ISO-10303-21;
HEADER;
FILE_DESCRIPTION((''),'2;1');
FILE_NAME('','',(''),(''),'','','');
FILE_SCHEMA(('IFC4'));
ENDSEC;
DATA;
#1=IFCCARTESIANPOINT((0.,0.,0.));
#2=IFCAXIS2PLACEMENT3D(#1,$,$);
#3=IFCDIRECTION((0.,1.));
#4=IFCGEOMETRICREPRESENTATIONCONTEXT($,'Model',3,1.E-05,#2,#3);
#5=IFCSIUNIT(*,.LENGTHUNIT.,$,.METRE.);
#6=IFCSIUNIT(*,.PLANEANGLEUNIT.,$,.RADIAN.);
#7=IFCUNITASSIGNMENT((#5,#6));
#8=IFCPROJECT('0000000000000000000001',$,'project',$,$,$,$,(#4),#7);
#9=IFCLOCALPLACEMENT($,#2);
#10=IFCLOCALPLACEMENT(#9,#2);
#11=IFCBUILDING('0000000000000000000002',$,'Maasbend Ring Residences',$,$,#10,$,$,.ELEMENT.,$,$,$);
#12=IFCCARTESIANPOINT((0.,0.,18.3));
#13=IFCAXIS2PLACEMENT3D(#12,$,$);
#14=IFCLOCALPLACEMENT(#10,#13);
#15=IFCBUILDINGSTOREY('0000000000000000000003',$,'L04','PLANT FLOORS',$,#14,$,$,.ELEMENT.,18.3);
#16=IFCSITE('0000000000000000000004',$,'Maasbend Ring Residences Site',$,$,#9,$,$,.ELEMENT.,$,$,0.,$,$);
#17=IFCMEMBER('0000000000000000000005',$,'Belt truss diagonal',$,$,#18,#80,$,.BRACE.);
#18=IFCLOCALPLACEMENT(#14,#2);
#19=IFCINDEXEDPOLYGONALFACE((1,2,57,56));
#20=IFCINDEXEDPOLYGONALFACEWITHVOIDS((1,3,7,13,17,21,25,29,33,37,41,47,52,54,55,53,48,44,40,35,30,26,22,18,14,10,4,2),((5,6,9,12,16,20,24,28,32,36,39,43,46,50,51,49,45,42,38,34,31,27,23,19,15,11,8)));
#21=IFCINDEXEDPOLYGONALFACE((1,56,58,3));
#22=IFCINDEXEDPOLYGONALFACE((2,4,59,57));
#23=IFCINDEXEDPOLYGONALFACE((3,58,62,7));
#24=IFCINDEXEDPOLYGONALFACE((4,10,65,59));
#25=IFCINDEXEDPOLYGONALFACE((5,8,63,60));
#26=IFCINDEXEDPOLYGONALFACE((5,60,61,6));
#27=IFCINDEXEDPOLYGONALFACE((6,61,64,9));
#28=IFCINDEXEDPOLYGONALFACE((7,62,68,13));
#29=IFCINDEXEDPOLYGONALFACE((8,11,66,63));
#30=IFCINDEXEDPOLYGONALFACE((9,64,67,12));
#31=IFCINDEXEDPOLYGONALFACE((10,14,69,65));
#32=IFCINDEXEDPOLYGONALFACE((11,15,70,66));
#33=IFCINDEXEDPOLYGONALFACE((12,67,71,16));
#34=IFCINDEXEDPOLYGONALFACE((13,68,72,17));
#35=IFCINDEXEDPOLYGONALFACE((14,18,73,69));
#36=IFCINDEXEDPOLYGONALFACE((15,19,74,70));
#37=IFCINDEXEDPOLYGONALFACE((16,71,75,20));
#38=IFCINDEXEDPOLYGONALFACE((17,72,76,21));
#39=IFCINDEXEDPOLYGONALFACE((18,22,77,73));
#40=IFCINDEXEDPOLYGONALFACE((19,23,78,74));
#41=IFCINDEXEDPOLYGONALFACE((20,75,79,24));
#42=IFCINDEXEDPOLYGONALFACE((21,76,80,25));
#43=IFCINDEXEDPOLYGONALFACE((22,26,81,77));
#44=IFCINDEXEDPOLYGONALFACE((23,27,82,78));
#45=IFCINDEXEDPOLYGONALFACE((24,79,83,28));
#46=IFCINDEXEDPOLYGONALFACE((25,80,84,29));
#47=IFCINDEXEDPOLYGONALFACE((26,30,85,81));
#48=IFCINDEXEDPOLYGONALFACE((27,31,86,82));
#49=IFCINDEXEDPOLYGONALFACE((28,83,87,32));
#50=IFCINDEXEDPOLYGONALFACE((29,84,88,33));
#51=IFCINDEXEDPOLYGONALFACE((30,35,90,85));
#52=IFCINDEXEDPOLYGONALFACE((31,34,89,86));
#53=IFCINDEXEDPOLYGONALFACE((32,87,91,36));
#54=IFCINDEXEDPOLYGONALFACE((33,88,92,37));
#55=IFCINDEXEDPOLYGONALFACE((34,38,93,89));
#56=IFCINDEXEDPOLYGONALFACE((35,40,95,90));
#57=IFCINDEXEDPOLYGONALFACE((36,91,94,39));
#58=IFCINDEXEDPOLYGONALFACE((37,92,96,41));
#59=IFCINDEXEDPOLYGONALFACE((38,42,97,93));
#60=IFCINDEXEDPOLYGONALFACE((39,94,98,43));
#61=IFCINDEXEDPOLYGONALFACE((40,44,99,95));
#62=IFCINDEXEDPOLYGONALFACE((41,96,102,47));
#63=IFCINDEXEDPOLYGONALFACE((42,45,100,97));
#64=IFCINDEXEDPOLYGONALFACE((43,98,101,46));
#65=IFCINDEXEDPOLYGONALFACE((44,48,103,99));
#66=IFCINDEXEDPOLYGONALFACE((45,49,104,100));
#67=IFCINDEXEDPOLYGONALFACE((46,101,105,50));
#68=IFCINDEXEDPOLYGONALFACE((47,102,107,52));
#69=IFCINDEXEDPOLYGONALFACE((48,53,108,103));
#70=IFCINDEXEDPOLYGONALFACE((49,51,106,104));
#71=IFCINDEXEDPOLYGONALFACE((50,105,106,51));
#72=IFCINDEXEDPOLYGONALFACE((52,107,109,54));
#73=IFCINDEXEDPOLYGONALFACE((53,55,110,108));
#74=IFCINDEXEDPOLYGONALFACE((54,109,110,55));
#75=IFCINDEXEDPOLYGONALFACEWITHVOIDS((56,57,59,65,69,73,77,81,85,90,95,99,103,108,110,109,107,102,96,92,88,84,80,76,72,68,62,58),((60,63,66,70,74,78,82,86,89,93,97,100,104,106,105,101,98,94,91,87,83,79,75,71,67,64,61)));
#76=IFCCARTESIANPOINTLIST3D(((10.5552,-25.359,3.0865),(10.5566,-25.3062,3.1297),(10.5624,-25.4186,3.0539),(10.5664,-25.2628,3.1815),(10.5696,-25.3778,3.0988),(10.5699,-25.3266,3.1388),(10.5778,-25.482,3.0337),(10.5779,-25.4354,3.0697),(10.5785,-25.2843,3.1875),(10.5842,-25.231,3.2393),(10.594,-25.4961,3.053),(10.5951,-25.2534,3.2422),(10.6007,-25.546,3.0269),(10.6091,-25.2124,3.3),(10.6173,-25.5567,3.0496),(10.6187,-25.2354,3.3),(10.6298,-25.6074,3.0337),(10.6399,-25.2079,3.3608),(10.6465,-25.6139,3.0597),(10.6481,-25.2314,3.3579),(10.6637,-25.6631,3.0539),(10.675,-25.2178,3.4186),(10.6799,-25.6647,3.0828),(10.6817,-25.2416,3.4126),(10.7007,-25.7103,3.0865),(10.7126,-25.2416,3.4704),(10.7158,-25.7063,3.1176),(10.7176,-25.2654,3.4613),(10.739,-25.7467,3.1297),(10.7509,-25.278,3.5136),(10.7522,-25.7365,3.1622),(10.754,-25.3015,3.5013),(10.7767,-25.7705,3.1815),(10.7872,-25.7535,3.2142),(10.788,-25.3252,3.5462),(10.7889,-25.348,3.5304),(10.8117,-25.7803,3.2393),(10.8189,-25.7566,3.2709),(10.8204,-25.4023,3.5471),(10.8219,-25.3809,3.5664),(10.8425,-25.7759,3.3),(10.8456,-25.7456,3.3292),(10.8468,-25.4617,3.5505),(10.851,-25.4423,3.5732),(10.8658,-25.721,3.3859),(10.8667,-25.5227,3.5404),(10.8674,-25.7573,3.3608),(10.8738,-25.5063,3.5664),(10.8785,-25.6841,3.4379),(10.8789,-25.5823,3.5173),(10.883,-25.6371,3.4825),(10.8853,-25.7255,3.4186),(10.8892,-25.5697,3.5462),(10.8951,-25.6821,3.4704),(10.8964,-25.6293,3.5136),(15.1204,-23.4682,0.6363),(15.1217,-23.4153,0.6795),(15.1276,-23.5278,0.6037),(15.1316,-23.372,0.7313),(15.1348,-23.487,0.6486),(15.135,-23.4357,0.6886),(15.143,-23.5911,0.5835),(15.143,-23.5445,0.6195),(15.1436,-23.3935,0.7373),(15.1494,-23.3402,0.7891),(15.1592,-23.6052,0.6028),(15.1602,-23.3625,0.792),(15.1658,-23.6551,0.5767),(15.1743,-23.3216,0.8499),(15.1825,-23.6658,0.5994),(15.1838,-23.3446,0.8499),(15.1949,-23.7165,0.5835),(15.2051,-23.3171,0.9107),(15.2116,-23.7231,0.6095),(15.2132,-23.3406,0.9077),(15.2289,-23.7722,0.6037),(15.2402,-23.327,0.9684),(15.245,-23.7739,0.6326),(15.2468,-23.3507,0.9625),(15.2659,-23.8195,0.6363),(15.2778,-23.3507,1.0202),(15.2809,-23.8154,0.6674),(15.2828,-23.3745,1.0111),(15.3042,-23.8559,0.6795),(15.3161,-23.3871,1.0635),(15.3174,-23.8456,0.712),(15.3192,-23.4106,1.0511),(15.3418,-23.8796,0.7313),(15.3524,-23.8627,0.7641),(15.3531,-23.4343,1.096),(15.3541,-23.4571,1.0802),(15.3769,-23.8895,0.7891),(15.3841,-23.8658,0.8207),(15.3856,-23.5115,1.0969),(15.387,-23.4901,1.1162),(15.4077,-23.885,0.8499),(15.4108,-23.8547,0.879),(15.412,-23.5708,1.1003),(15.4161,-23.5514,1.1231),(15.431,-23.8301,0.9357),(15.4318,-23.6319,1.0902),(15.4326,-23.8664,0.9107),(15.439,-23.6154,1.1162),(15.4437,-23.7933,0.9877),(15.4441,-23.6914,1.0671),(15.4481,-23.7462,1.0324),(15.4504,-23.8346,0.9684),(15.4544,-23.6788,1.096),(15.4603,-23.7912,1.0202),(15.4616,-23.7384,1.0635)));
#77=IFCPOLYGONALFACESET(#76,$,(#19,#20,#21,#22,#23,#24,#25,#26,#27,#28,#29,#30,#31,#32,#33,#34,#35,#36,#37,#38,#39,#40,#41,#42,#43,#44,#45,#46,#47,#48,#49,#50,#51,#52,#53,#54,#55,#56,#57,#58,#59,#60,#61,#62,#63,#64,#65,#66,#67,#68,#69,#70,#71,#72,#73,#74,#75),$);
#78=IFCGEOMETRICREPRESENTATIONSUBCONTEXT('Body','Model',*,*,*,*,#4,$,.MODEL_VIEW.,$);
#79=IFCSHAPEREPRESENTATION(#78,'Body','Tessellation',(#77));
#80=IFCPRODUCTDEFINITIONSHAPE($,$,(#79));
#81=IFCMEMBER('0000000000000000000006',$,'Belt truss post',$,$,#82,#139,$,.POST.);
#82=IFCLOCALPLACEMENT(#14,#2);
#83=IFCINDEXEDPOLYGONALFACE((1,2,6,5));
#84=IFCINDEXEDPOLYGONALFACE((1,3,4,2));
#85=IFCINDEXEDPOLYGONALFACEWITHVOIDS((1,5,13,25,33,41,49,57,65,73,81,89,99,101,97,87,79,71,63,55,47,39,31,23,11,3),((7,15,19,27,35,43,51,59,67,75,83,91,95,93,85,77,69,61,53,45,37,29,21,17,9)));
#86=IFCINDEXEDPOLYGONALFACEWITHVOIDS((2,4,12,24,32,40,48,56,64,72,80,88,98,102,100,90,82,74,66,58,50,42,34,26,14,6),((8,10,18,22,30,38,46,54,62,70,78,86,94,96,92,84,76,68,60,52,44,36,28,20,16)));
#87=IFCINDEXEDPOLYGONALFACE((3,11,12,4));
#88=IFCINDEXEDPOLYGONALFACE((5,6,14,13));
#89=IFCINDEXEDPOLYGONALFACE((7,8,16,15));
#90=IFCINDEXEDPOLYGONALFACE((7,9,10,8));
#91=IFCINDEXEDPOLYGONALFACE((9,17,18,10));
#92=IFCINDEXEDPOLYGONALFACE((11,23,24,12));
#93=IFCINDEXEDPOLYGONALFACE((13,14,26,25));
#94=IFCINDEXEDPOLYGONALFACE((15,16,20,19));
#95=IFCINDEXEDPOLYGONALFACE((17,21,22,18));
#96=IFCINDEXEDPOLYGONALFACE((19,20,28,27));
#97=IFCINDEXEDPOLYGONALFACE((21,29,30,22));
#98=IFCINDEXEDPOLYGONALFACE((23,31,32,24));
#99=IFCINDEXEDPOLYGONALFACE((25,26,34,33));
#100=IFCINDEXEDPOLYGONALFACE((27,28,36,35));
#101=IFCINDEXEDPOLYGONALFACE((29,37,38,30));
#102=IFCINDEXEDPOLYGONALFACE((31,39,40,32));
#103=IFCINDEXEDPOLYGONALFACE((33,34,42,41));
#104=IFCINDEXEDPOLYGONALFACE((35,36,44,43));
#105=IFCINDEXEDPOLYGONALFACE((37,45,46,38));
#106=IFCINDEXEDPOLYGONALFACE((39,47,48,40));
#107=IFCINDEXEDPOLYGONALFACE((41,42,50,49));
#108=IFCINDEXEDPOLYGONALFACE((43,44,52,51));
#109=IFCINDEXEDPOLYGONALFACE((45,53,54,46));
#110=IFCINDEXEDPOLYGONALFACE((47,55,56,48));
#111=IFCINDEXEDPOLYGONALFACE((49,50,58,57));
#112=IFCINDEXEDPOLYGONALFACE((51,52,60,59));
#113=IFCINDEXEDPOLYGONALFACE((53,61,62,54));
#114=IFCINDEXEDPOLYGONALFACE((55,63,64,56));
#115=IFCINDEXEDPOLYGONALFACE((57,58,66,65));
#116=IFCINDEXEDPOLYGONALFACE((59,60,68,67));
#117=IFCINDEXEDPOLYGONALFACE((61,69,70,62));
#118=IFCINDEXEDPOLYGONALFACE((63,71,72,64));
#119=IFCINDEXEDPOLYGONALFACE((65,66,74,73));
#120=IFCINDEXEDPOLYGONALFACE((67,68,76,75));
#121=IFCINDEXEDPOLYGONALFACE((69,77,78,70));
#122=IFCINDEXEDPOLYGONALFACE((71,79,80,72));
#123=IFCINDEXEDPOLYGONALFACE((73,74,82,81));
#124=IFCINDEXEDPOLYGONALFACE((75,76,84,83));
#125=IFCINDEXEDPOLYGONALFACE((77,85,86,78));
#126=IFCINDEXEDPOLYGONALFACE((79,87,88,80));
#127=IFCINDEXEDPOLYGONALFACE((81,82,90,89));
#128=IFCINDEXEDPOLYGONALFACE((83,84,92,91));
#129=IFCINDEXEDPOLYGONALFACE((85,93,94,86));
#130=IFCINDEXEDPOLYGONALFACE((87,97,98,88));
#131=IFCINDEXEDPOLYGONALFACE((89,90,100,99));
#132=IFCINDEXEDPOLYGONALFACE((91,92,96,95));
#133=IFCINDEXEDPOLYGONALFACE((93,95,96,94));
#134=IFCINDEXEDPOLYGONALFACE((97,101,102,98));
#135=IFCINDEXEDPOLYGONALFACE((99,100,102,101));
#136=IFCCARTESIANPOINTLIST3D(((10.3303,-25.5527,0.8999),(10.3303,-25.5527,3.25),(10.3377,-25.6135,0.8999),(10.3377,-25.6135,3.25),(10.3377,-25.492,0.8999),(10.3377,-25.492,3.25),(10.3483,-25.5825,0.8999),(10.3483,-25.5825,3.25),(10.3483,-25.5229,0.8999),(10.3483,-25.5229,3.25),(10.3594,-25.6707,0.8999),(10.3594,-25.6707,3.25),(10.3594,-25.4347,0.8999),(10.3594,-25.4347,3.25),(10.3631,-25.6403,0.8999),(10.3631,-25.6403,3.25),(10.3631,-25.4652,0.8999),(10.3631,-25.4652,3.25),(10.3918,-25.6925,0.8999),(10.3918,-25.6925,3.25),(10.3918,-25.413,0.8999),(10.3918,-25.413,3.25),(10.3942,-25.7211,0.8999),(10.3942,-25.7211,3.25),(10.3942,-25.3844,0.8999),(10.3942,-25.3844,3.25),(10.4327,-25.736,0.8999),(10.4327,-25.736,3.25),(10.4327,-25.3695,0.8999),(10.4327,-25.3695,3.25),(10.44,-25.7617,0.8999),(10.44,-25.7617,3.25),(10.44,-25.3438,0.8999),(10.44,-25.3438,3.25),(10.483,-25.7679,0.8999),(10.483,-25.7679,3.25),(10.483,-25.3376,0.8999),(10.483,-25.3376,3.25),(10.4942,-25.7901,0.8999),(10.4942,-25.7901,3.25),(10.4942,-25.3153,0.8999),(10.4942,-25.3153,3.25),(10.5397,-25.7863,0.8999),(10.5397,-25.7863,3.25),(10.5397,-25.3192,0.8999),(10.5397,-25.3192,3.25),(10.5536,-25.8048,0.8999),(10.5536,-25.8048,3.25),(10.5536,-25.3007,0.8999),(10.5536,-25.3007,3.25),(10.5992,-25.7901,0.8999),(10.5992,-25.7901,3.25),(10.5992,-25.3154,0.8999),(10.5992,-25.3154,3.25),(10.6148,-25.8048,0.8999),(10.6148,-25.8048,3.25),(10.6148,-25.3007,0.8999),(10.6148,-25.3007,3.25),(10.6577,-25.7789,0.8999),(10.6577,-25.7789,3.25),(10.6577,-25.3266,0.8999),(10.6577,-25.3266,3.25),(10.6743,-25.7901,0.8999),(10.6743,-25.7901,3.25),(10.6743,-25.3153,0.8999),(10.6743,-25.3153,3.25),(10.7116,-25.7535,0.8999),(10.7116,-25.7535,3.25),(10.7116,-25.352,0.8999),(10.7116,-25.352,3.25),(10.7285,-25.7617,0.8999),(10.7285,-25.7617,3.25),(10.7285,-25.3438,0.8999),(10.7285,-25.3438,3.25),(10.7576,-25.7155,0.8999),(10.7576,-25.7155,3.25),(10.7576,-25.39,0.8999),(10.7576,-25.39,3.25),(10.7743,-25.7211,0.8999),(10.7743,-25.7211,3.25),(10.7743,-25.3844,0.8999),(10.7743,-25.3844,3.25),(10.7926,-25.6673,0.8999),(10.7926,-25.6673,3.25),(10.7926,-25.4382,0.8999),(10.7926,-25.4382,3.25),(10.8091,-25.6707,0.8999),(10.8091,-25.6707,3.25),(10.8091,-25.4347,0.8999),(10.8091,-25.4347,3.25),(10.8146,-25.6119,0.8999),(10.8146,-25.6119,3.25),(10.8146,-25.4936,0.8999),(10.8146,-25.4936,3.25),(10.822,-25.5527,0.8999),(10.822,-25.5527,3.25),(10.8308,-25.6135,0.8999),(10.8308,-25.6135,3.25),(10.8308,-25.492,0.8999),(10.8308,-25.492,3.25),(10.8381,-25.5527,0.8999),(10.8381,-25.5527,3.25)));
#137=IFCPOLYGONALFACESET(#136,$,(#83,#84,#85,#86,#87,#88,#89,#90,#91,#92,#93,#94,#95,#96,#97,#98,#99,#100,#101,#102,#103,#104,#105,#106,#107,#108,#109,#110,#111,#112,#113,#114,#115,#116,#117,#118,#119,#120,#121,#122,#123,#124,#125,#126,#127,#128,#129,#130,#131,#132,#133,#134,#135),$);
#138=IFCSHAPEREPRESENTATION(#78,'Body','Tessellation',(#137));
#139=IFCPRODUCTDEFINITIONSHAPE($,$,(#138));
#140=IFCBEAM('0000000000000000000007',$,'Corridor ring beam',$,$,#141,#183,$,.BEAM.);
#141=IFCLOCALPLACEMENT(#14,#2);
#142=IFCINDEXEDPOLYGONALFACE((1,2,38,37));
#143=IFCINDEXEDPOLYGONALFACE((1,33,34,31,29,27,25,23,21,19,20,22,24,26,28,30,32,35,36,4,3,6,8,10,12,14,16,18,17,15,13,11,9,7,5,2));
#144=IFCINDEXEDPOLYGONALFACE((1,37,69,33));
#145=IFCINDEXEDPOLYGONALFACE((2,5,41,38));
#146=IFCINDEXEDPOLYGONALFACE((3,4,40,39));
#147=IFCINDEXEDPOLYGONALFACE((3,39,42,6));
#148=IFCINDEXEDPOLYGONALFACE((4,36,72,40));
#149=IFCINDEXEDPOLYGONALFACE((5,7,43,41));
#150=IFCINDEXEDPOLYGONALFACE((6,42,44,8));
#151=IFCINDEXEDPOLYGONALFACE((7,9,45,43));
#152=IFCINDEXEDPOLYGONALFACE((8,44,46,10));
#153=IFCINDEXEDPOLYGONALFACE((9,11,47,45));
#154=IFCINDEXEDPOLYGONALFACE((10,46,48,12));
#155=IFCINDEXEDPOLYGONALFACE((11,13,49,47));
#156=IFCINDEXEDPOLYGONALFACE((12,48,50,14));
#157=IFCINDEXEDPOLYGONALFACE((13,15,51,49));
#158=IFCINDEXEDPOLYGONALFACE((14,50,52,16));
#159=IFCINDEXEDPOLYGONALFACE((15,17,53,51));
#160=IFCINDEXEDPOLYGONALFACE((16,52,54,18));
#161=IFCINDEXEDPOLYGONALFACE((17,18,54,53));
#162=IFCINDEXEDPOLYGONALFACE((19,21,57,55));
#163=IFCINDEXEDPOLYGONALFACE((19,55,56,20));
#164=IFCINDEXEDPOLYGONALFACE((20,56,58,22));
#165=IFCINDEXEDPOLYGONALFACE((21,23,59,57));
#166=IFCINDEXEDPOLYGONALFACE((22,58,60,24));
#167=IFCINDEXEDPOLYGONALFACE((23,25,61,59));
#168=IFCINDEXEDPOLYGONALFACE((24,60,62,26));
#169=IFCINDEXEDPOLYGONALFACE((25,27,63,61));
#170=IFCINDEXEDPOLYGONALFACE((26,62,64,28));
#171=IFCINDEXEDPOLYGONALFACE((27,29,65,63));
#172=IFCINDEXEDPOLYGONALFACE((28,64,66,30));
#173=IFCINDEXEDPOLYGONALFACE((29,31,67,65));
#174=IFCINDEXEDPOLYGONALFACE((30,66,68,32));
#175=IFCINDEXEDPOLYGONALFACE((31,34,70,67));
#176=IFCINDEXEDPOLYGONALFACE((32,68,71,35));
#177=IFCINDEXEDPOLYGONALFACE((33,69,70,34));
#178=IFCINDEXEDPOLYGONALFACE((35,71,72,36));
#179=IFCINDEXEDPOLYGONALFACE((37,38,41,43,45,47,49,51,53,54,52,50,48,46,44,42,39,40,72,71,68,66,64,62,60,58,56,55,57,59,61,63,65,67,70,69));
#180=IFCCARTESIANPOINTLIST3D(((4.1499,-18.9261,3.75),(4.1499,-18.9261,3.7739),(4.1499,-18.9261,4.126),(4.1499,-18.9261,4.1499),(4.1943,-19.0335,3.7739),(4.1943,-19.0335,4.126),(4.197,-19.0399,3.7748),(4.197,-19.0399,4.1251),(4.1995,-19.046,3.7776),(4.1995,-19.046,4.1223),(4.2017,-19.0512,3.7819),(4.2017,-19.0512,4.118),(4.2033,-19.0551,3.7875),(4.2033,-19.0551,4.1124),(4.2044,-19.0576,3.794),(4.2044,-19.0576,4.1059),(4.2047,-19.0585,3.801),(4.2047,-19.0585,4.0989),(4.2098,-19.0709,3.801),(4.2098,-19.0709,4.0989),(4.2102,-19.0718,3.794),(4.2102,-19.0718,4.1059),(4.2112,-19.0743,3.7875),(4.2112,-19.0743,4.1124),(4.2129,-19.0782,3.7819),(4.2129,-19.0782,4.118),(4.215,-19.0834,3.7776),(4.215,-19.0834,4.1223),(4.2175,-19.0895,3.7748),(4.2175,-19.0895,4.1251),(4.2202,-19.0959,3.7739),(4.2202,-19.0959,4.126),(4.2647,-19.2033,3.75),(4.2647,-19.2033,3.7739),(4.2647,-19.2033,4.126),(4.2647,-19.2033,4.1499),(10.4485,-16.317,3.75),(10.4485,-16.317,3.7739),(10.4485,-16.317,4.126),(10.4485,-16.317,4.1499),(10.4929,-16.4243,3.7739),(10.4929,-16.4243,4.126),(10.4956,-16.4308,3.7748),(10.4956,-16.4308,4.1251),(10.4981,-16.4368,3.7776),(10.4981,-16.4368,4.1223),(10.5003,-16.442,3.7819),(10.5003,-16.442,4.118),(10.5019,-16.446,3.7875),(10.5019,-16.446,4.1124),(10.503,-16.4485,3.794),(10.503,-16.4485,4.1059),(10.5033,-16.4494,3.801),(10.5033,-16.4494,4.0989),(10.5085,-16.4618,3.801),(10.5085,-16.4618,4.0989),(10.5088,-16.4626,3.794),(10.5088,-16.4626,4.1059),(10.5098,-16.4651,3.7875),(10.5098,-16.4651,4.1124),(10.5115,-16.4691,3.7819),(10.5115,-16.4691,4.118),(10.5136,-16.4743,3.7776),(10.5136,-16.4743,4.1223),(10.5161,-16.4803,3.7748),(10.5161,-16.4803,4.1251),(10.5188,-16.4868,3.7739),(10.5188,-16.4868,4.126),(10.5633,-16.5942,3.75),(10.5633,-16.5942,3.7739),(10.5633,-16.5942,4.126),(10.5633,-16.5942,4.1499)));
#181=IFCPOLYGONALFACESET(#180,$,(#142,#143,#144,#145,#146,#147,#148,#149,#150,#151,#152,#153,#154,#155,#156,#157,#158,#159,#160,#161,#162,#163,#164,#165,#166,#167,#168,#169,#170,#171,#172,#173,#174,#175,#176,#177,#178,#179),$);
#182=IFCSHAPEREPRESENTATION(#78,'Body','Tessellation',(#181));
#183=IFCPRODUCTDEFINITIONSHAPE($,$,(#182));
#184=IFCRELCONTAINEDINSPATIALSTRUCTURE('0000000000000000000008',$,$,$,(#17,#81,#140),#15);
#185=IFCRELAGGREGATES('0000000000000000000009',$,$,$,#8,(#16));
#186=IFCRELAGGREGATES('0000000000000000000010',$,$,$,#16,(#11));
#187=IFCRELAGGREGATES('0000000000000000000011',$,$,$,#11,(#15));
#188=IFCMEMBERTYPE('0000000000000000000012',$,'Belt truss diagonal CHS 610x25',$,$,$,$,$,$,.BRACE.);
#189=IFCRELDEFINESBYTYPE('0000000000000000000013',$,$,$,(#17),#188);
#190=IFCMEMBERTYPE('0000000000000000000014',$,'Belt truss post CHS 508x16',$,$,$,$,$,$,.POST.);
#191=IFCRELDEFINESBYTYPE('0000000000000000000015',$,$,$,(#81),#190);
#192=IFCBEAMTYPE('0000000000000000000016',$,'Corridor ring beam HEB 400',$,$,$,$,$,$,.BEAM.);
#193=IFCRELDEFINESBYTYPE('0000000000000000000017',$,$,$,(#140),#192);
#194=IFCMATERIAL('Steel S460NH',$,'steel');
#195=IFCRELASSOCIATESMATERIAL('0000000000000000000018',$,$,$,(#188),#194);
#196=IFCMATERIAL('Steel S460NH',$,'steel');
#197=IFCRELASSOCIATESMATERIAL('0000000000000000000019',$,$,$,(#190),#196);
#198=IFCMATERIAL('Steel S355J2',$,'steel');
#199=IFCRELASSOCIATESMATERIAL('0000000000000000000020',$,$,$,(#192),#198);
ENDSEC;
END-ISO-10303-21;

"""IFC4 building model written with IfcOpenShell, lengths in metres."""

from ifc_helpers import new_model, si_unit, direction, frame, origin, origin_2d, place, context, subcontext, project, spatial, hollow_circle, i_section, extrude, material, material_profile, profile_set, type_object, element, save


model = new_model("IFC4")

# Units and contexts
model_context = context("Model", 3, precision=1e-05, world=origin(), true_north=direction((0.0, 1.0)))
body_context = subcontext(model_context, "Body", "Model", "MODEL_VIEW")
ifc_project = project(units=[si_unit("LENGTHUNIT", "METRE"), si_unit("PLANEANGLEUNIT", "RADIAN")], contexts=[model_context])

# Site, building, storey
site_placement = place(None, origin())
site = spatial("IfcSite", under=ifc_project, at=site_placement, Name="Maasbend Ring Residences Site", CompositionType="ELEMENT", RefElevation=0.0)
building_placement = place(site_placement, origin())
building = spatial("IfcBuilding", under=site, at=building_placement, Name="Maasbend Ring Residences", CompositionType="ELEMENT")
storey_placement = place(building_placement, frame((0.0, 0.0, 18.3)))
storey = spatial("IfcBuildingStorey", under=building, at=storey_placement, Name="L04", Description="PLANT FLOORS", CompositionType="ELEMENT", Elevation=18.3)

# Members
ifc_material_1 = material(Name="Steel S460NH", Category="steel")
ifc_material_profile_1 = material_profile(ifc_material_1, hollow_circle(Radius=0.3049, WallThickness=0.0249, at=origin_2d()), Name="Belt truss diagonal CHS 610x25")
ifc_profile_set_1 = profile_set([ifc_material_profile_1], Name="Steel S460NH")
member_type_1 = type_object("IfcMemberType", Name="Belt truss diagonal CHS 610x25", PredefinedType="BRACE", material=ifc_profile_set_1)
for number, where, z_axis, x_axis, name in (
    (1, (10.7258, -25.4941, 3.3), (0.827714, 0.342834, -0.444245), (-0.382667, 0.923886, 0.0), "Belt truss diagonal"),
):
    element("IfcMember", number, at=place(storey_placement, frame(where, z_axis=z_axis, x_axis=x_axis)), inside=storey, type_object=member_type_1, Name=name, PredefinedType="BRACE", context=body_context, shape_type="SweptSolid", body=[
        extrude(hollow_circle(Radius=0.3049, WallThickness=0.0249, at=origin_2d()), origin(), (0.0, 0.0, 1.0), 5.5154),
    ])
ifc_material_2 = material(Name="Steel S460NH", Category="steel")
ifc_material_profile_2 = material_profile(ifc_material_2, hollow_circle(Radius=0.2539, WallThickness=0.0161, at=origin_2d()), Name="Belt truss post CHS 508x16")
ifc_profile_set_2 = profile_set([ifc_material_profile_2], Name="Steel S460NH")
member_type_2 = type_object("IfcMemberType", Name="Belt truss post CHS 508x16", PredefinedType="POST", material=ifc_profile_set_2)
member_1_placement = place(storey_placement, frame((10.5842, -25.5527, 0.8999), z_axis=(0.0, 0.0, 1.0), x_axis=(1.0, 0.0, 0.0)))
element("IfcMember", 2, at=member_1_placement, inside=storey, type_object=member_type_2, Name="Belt truss post", PredefinedType="POST", context=body_context, shape_type="SweptSolid", body=[
    extrude(hollow_circle(Radius=0.2539, WallThickness=0.0161, at=origin_2d()), origin(), (0.0, 0.0, 1.0), 2.3501),
])

# Beam
ifc_material_3 = material(Name="Steel S355J2", Category="steel")
ifc_material_profile_3 = material_profile(ifc_material_3, i_section(OverallWidth=0.3, OverallDepth=0.3999, WebThickness=0.0134, FlangeThickness=0.0239, FilletRadius=0.0271, at=origin_2d()), Name="HEB 400")
ifc_profile_set_3 = profile_set([ifc_material_profile_3], Name="Steel S355J2")
beam_type_1 = type_object("IfcBeamType", Name="Corridor ring beam HEB 400", PredefinedType="BEAM", material=ifc_profile_set_3)
beam_placement = place(storey_placement, frame((4.2073, -19.0647, 3.95), z_axis=(0.923871, 0.382705, 0.0), x_axis=(-0.382705, 0.923871, 0.0)))
element("IfcBeam", 3, at=beam_placement, inside=storey, type_object=beam_type_1, Name="Corridor ring beam", PredefinedType="BEAM", context=body_context, shape_type="SweptSolid", body=[
    extrude(i_section(OverallWidth=0.3, OverallDepth=0.3999, WebThickness=0.0134, FlangeThickness=0.0239, FilletRadius=0.0271, at=origin_2d()), origin(), (0.0, 0.0, 1.0), 6.8176),
])

save(model, "model.ifc")
